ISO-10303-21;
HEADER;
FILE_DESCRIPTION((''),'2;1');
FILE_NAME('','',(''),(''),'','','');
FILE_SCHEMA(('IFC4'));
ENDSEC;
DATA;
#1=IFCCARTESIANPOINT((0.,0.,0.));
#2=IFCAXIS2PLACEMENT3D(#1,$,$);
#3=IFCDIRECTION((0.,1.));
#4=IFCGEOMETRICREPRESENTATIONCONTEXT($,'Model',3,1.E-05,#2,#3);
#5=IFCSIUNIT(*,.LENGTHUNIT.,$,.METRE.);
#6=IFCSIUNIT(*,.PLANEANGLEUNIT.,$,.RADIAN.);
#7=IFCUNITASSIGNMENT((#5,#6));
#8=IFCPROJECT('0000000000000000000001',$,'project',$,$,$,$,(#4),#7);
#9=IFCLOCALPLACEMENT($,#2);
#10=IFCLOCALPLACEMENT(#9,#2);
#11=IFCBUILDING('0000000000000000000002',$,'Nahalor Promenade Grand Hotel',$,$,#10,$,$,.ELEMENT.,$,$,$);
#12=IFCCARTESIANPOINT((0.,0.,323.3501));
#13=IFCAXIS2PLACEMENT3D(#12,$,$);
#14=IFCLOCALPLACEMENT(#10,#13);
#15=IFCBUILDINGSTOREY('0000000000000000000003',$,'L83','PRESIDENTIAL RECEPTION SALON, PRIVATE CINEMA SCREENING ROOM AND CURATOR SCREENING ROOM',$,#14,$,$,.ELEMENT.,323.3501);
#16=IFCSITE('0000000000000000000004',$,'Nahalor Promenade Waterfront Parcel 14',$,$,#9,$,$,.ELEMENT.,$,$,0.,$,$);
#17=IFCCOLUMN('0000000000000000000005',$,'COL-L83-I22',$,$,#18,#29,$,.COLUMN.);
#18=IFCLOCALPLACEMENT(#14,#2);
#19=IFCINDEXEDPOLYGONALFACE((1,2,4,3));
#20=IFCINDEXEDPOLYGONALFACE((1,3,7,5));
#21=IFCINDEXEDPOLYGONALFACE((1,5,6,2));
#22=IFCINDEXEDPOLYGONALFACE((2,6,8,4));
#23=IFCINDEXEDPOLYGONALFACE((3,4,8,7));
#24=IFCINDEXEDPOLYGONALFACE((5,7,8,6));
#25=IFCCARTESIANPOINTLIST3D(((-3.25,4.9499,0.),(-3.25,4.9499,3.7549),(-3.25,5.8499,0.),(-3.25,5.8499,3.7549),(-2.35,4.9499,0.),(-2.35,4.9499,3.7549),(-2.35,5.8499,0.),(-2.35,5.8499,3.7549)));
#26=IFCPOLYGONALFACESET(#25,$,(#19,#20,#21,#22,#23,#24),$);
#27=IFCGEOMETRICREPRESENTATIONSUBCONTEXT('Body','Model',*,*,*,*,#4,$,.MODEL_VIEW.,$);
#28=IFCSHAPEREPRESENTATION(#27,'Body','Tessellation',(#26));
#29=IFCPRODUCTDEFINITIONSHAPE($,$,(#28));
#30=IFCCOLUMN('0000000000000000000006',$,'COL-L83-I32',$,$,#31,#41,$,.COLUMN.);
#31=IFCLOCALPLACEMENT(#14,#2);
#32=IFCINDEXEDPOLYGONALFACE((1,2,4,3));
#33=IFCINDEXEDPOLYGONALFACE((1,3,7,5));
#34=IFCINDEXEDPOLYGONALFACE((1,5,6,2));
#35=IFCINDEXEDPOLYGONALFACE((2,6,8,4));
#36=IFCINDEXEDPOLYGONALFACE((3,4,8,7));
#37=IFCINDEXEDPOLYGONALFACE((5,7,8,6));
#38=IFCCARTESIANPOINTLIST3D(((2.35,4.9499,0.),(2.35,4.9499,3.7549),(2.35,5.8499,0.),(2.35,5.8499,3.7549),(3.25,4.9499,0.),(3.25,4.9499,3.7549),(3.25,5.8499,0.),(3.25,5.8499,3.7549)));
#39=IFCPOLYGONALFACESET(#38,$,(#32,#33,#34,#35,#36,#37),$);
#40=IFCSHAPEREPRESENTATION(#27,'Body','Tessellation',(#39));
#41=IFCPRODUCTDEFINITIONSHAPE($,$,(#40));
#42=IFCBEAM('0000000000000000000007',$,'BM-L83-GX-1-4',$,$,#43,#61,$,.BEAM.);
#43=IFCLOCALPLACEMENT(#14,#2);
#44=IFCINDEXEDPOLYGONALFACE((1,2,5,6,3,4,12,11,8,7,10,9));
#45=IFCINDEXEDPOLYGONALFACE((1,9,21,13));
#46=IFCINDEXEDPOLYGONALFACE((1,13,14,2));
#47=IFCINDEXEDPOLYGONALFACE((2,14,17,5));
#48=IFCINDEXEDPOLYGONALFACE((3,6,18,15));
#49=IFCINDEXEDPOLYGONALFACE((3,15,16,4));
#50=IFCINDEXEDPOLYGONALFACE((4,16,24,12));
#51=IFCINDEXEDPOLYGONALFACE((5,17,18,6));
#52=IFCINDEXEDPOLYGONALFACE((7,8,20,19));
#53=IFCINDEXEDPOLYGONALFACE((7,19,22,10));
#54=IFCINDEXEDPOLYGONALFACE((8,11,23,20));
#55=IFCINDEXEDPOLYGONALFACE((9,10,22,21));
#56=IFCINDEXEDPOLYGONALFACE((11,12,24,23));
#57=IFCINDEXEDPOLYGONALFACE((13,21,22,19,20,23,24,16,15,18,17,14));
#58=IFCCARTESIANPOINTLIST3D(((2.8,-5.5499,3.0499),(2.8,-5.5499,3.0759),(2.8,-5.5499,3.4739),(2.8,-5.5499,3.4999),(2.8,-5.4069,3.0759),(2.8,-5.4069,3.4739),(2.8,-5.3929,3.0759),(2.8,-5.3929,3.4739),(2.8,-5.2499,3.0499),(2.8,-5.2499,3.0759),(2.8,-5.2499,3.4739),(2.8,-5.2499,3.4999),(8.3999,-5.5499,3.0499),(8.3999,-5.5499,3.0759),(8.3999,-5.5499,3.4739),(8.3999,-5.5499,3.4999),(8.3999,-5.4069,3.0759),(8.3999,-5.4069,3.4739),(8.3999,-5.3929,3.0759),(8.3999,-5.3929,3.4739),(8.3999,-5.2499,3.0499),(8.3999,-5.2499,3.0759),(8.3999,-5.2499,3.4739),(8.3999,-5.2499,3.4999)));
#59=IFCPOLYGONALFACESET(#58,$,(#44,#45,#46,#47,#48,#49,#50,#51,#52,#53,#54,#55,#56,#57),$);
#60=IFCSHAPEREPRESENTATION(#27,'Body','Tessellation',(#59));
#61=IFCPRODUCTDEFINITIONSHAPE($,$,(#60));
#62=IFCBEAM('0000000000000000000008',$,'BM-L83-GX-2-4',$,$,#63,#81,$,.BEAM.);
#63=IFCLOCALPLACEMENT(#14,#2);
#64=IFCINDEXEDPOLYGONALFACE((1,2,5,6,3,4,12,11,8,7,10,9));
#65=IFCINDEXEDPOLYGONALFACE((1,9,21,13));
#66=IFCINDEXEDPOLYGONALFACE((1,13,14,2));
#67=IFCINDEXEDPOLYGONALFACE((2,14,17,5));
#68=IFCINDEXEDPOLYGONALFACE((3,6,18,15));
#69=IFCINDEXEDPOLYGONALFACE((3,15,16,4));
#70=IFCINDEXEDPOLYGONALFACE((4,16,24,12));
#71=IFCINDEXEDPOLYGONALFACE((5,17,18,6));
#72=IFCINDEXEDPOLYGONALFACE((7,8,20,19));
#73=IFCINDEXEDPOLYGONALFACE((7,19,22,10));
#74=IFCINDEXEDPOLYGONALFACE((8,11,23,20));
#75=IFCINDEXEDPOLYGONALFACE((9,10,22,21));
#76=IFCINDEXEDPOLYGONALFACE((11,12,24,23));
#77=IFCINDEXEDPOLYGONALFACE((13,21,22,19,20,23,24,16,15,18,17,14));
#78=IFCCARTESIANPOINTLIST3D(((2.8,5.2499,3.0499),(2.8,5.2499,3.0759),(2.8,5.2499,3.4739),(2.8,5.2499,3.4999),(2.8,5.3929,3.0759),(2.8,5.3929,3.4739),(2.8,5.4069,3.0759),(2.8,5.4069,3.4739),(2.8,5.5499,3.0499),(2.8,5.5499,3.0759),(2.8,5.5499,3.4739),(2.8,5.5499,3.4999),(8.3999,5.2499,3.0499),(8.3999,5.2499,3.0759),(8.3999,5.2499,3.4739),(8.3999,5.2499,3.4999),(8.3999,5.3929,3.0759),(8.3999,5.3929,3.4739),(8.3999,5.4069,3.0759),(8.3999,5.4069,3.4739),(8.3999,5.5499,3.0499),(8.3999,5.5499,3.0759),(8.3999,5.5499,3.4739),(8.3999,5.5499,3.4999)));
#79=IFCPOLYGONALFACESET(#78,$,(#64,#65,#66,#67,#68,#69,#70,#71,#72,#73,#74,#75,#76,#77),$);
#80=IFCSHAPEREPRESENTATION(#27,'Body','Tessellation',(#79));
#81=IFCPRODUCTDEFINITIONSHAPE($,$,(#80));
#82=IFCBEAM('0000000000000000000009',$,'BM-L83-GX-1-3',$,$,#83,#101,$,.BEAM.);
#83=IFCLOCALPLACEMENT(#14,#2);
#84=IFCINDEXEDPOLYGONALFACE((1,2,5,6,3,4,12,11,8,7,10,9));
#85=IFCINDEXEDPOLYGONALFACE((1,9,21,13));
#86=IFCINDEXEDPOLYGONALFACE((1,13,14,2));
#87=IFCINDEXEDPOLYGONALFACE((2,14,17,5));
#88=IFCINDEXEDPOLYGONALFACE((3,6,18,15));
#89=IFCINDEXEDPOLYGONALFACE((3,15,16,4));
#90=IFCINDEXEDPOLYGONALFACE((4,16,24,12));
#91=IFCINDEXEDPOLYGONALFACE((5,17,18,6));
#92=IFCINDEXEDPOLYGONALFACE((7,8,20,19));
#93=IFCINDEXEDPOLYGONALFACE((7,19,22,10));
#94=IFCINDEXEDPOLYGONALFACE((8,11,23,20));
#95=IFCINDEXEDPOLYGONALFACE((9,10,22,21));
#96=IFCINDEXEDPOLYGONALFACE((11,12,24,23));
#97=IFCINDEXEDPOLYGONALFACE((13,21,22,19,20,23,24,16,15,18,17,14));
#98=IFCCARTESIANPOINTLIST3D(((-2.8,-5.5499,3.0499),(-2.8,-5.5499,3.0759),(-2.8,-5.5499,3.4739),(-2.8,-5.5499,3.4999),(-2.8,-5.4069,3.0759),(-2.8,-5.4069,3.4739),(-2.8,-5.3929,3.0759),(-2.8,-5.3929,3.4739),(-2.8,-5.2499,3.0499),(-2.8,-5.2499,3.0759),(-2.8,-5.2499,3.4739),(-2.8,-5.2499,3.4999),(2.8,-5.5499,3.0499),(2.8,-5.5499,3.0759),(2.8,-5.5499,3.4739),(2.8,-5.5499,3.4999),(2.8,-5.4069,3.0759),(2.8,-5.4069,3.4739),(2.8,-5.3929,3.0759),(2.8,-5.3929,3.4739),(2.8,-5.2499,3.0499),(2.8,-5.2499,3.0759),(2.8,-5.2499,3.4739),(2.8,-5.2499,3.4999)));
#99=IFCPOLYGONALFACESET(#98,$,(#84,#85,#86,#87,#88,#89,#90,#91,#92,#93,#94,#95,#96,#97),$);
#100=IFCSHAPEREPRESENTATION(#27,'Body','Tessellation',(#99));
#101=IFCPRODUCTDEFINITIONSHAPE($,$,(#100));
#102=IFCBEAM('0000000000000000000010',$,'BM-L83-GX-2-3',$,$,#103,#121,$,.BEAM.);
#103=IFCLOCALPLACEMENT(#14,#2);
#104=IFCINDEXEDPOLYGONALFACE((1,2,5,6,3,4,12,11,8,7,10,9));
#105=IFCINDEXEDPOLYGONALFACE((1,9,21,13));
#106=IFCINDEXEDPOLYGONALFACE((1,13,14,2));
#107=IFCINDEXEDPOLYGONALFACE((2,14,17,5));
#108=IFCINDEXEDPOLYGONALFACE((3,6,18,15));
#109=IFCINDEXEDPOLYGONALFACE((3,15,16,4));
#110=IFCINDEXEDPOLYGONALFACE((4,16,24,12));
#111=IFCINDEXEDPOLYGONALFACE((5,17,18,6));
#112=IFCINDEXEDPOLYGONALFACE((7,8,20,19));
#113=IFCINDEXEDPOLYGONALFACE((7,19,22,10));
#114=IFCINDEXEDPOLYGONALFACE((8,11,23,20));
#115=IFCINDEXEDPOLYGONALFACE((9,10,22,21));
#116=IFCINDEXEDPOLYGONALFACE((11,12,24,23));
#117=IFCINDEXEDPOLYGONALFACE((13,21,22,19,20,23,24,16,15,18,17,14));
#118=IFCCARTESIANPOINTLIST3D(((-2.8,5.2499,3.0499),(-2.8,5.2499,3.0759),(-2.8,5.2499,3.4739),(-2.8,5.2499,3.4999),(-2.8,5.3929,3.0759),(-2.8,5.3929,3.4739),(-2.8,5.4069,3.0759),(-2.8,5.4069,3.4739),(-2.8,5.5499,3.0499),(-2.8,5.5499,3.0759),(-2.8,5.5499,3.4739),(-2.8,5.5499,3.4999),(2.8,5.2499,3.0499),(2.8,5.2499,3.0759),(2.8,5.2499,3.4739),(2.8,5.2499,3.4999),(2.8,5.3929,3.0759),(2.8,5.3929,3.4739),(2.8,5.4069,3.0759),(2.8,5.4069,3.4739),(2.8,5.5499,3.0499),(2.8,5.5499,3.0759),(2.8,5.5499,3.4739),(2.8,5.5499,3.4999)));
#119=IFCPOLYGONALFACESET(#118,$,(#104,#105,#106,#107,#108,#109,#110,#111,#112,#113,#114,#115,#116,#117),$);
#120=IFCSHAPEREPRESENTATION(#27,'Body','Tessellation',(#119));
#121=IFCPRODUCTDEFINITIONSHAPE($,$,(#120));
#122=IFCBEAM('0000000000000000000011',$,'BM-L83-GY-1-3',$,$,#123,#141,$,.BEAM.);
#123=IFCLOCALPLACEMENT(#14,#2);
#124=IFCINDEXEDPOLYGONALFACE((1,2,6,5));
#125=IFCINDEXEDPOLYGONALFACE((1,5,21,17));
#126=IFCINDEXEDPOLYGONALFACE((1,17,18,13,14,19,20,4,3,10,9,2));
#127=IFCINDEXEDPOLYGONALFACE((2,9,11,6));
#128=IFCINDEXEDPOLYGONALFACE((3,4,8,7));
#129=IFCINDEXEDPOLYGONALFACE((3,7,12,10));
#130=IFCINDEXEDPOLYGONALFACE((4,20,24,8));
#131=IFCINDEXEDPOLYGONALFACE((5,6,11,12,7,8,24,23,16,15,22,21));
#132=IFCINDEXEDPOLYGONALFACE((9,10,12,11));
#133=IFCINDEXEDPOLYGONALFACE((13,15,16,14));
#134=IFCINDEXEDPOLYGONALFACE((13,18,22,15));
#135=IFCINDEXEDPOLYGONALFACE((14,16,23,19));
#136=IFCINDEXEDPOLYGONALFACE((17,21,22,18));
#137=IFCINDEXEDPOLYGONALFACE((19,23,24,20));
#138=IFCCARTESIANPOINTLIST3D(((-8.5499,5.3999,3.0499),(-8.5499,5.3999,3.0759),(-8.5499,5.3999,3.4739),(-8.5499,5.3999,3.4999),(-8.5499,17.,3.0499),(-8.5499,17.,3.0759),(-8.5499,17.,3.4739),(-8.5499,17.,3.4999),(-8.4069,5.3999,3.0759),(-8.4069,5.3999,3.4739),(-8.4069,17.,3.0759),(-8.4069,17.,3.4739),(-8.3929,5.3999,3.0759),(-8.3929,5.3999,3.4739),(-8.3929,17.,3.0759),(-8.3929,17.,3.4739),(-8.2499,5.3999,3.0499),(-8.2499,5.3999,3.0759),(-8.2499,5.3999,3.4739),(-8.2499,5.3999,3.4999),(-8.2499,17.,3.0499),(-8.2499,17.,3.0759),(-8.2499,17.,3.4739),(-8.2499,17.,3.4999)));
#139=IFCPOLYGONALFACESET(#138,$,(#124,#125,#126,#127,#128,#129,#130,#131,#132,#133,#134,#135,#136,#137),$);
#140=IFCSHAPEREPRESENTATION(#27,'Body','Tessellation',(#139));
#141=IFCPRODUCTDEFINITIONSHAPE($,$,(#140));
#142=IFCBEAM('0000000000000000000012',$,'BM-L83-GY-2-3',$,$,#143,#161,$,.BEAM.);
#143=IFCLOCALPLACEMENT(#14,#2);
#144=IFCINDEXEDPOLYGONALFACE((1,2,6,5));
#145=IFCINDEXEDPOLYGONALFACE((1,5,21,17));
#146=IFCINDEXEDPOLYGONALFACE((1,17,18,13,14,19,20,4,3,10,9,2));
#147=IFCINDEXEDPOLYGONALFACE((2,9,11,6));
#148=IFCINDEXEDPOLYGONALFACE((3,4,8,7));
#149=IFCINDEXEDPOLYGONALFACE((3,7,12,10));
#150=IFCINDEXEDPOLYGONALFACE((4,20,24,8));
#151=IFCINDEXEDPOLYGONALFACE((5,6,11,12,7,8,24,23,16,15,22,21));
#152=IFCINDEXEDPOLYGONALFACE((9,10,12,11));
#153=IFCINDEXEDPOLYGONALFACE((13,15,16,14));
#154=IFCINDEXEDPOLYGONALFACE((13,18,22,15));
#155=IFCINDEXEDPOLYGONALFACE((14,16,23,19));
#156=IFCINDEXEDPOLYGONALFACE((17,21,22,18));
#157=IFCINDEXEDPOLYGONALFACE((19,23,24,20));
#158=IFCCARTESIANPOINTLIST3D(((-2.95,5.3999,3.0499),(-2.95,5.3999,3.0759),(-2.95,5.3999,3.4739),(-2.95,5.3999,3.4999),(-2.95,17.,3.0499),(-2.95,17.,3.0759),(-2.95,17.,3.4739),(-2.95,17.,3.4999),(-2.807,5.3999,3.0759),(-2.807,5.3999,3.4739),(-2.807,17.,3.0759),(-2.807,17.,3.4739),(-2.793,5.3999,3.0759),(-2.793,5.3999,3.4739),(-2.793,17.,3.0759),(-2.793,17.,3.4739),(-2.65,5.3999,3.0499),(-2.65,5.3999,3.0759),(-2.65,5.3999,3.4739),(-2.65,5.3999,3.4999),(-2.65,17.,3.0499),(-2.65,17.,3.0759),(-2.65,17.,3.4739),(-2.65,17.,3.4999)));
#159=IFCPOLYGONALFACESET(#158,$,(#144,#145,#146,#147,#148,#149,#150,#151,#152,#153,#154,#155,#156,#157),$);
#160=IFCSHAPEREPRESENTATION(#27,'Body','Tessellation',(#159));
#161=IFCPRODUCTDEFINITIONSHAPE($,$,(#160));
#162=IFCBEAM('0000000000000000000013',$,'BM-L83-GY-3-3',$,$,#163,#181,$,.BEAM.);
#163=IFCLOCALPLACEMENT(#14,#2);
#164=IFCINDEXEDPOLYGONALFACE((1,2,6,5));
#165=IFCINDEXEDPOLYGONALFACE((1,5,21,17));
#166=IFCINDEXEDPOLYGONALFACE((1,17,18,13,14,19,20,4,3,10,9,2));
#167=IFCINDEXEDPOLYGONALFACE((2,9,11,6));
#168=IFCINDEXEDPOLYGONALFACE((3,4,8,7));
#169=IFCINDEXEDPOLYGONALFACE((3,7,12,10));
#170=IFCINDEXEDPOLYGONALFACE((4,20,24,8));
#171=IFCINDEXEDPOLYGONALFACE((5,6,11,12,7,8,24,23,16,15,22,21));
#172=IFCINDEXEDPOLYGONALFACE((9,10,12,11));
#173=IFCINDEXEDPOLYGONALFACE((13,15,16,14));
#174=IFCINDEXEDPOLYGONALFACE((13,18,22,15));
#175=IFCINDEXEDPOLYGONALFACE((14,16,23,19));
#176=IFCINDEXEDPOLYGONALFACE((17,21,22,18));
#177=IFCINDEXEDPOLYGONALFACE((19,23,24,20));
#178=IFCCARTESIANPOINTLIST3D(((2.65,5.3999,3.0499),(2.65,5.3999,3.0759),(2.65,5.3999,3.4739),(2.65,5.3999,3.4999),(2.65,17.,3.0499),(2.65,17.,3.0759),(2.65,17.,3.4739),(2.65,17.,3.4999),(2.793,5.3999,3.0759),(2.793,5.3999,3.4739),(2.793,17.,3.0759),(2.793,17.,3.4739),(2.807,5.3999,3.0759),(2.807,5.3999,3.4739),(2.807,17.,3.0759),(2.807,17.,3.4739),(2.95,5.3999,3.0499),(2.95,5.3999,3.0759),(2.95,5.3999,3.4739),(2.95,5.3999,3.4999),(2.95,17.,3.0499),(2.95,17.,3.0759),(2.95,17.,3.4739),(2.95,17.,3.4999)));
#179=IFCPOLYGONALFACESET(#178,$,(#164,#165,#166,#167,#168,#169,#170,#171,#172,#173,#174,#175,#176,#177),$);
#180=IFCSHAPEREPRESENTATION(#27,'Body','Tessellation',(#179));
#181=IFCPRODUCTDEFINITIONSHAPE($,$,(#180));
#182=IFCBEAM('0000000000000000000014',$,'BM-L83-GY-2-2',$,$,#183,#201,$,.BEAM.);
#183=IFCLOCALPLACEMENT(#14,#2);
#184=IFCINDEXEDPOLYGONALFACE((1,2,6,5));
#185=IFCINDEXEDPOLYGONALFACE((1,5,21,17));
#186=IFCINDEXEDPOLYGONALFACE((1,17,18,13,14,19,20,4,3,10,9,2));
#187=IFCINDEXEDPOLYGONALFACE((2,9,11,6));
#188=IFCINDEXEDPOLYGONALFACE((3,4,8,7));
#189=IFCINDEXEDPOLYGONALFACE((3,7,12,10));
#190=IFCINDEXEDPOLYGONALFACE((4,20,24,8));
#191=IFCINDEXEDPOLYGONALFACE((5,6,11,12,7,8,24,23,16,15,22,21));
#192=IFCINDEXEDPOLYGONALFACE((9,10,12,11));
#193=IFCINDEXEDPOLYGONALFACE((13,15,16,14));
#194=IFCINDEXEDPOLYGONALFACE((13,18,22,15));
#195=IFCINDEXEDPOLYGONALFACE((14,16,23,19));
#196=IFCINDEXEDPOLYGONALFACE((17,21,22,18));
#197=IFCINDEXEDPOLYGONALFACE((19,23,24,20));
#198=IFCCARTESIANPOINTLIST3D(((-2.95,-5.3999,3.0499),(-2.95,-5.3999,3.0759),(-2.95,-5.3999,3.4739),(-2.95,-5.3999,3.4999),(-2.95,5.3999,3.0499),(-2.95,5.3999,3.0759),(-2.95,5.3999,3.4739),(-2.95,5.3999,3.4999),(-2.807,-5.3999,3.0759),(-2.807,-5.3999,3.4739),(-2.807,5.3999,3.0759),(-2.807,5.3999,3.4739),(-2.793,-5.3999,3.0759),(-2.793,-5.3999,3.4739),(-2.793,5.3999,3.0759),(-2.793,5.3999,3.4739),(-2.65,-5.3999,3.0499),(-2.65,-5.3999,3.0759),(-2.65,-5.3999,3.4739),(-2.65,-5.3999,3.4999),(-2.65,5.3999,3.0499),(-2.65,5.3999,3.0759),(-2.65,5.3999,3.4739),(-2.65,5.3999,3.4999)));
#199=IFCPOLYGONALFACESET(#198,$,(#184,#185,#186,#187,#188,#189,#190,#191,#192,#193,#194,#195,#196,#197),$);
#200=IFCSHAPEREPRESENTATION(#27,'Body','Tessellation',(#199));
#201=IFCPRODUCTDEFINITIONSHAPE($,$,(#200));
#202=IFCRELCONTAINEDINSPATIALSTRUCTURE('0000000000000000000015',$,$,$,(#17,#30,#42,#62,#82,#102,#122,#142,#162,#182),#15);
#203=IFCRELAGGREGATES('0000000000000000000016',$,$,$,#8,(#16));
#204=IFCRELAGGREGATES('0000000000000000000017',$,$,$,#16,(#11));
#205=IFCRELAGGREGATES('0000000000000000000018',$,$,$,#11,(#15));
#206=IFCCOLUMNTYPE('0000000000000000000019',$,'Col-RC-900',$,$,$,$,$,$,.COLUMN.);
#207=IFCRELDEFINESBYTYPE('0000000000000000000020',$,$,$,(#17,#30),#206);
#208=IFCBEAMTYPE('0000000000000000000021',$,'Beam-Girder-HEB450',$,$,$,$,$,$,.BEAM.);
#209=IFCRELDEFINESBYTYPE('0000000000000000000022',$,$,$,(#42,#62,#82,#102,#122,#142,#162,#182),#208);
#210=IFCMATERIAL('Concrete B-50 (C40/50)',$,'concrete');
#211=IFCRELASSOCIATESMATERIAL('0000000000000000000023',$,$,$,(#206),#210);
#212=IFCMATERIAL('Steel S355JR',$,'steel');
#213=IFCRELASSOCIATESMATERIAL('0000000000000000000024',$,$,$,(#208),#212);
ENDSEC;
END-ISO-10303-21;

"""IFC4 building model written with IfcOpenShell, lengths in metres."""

from ifc_helpers import new_model, si_unit, direction, frame, origin, origin_2d, place, context, subcontext, project, spatial, rectangle, i_section, extrude, source, transform, mapped, material, material_profile, profile_set, type_object, element, save


model = new_model("IFC4")

# Units and contexts
model_context = context("Model", 3, precision=1e-05, world=origin(), true_north=direction((0.0, 1.0)))
body_context = subcontext(model_context, "Body", "Model", "MODEL_VIEW")
ifc_project = project(units=[si_unit("LENGTHUNIT", "METRE"), si_unit("PLANEANGLEUNIT", "RADIAN")], contexts=[model_context])

# Site, building, storey
site_placement = place(None, origin())
site = spatial("IfcSite", under=ifc_project, at=site_placement, Name="Nahalor Promenade Waterfront Parcel 14", CompositionType="ELEMENT", RefElevation=0.0)
building_placement = place(site_placement, origin())
building = spatial("IfcBuilding", under=site, at=building_placement, Name="Nahalor Promenade Grand Hotel", CompositionType="ELEMENT")
storey_placement = place(building_placement, frame((0.0, 0.0, 323.3501)))
storey = spatial("IfcBuildingStorey", under=building, at=storey_placement, Name="L83", Description="PRESIDENTIAL RECEPTION SALON, PRIVATE CINEMA SCREENING ROOM AND CURATOR SCREENING ROOM", CompositionType="ELEMENT", Elevation=323.3501)

# Columns
ifc_material_1 = material(Name="Concrete B-50 (C40/50)", Category="concrete")
ifc_material_profile_1 = material_profile(ifc_material_1, rectangle(XDim=0.9, YDim=0.9, at=origin_2d()), Name="RC 900x900")
ifc_profile_set_1 = profile_set([ifc_material_profile_1], Name="Concrete B-50 (C40/50)")
column_type = type_object("IfcColumnType", Name="Col-RC-900", PredefinedType="COLUMN", material=ifc_profile_set_1)
shared_shape_1 = source(origin(), body_context, "Body", "SweptSolid", [
    extrude(rectangle(XDim=0.9, YDim=0.9, at=origin_2d()), origin(), (0.0, 0.0, 1.0), 3.7549),
])
for number, where, z_axis, x_axis, name in (
    (1, (-2.8, 5.3999, 0.0), (0.0, 0.0, 1.0), (1.0, 0.0, 0.0), "COL-L83-I22"),
    (2, (2.8, 5.3999, 0.0), (0.0, 0.0, 1.0), (1.0, 0.0, 0.0), "COL-L83-I32"),
):
    element("IfcColumn", number, at=place(storey_placement, frame(where, z_axis=z_axis, x_axis=x_axis)), inside=storey, type_object=column_type, Name=name, PredefinedType="COLUMN", context=body_context, shape_type="MappedRepresentation", body=[
        mapped(shared_shape_1, transform((0.0, 0.0, 0.0), scale=1.0)),
    ])

# Beams
ifc_material_2 = material(Name="Steel S355JR", Category="steel")
ifc_material_profile_2 = material_profile(ifc_material_2, i_section(OverallWidth=0.3, OverallDepth=0.45, WebThickness=0.014, FlangeThickness=0.026, at=origin_2d()), Name="HEB 450")
ifc_profile_set_2 = profile_set([ifc_material_profile_2], Name="Steel S355JR")
beam_type = type_object("IfcBeamType", Name="Beam-Girder-HEB450", PredefinedType="BEAM", material=ifc_profile_set_2)
shared_shape_2 = source(origin(), body_context, "Body", "SweptSolid", [
    extrude(i_section(OverallWidth=0.3, OverallDepth=0.45, WebThickness=0.014, FlangeThickness=0.026, at=origin_2d()), origin(), (0.0, 0.0, 1.0), 5.5999),
])
for number, where, z_axis, x_axis, name in (
    (3, (2.8, -5.3999, 3.2749), (1.0, 0.0, 0.0), (0.0, 1.0, 0.0), "BM-L83-GX-1-4"),
    (4, (2.8, 5.3999, 3.2749), (1.0, 0.0, 0.0), (0.0, 1.0, 0.0), "BM-L83-GX-2-4"),
):
    element("IfcBeam", number, at=place(storey_placement, frame(where, z_axis=z_axis, x_axis=x_axis)), inside=storey, type_object=beam_type, Name=name, PredefinedType="BEAM", context=body_context, shape_type="MappedRepresentation", body=[
        mapped(shared_shape_2, transform((0.0, 0.0, 0.0), scale=1.0)),
    ])
shared_shape_3 = source(origin(), body_context, "Body", "SweptSolid", [
    extrude(i_section(OverallWidth=0.3, OverallDepth=0.45, WebThickness=0.014, FlangeThickness=0.026, at=origin_2d()), origin(), (0.0, 0.0, 1.0), 5.6001),
])
for number, where, z_axis, x_axis, name in (
    (5, (-2.8, -5.3999, 3.2749), (1.0, 0.0, 0.0), (0.0, 1.0, 0.0), "BM-L83-GX-1-3"),
    (6, (-2.8, 5.3999, 3.2749), (1.0, 0.0, 0.0), (0.0, 1.0, 0.0), "BM-L83-GX-2-3"),
):
    element("IfcBeam", number, at=place(storey_placement, frame(where, z_axis=z_axis, x_axis=x_axis)), inside=storey, type_object=beam_type, Name=name, PredefinedType="BEAM", context=body_context, shape_type="MappedRepresentation", body=[
        mapped(shared_shape_3, transform((0.0, 0.0, 0.0), scale=1.0)),
    ])
shared_shape_4 = source(origin(), body_context, "Body", "SweptSolid", [
    extrude(i_section(OverallWidth=0.3, OverallDepth=0.45, WebThickness=0.014, FlangeThickness=0.026, at=origin_2d()), origin(), (0.0, 0.0, 1.0), 11.6001),
])
for number, where, z_axis, x_axis, name in (
    (7, (-8.3999, 5.3999, 3.2749), (0.0, 1.0, 0.0), (-1.0, 0.0, 0.0), "BM-L83-GY-1-3"),
    (8, (-2.8, 5.3999, 3.2749), (0.0, 1.0, 0.0), (-1.0, 0.0, 0.0), "BM-L83-GY-2-3"),
    (9, (2.8, 5.3999, 3.2749), (0.0, 1.0, 0.0), (-1.0, 0.0, 0.0), "BM-L83-GY-3-3"),
):
    element("IfcBeam", number, at=place(storey_placement, frame(where, z_axis=z_axis, x_axis=x_axis)), inside=storey, type_object=beam_type, Name=name, PredefinedType="BEAM", context=body_context, shape_type="MappedRepresentation", body=[
        mapped(shared_shape_4, transform((0.0, 0.0, 0.0), scale=1.0)),
    ])
shared_shape_5 = source(origin(), body_context, "Body", "SweptSolid", [
    extrude(i_section(OverallWidth=0.3, OverallDepth=0.45, WebThickness=0.014, FlangeThickness=0.026, at=origin_2d()), origin(), (0.0, 0.0, 1.0), 10.7998),
])
for number, where, z_axis, x_axis, name in (
    (10, (-2.8, -5.3999, 3.2749), (0.0, 1.0, 0.0), (-1.0, 0.0, 0.0), "BM-L83-GY-2-2"),
):
    element("IfcBeam", number, at=place(storey_placement, frame(where, z_axis=z_axis, x_axis=x_axis)), inside=storey, type_object=beam_type, Name=name, PredefinedType="BEAM", context=body_context, shape_type="MappedRepresentation", body=[
        mapped(shared_shape_5, transform((0.0, 0.0, 0.0), scale=1.0)),
    ])

save(model, "model.ifc")
